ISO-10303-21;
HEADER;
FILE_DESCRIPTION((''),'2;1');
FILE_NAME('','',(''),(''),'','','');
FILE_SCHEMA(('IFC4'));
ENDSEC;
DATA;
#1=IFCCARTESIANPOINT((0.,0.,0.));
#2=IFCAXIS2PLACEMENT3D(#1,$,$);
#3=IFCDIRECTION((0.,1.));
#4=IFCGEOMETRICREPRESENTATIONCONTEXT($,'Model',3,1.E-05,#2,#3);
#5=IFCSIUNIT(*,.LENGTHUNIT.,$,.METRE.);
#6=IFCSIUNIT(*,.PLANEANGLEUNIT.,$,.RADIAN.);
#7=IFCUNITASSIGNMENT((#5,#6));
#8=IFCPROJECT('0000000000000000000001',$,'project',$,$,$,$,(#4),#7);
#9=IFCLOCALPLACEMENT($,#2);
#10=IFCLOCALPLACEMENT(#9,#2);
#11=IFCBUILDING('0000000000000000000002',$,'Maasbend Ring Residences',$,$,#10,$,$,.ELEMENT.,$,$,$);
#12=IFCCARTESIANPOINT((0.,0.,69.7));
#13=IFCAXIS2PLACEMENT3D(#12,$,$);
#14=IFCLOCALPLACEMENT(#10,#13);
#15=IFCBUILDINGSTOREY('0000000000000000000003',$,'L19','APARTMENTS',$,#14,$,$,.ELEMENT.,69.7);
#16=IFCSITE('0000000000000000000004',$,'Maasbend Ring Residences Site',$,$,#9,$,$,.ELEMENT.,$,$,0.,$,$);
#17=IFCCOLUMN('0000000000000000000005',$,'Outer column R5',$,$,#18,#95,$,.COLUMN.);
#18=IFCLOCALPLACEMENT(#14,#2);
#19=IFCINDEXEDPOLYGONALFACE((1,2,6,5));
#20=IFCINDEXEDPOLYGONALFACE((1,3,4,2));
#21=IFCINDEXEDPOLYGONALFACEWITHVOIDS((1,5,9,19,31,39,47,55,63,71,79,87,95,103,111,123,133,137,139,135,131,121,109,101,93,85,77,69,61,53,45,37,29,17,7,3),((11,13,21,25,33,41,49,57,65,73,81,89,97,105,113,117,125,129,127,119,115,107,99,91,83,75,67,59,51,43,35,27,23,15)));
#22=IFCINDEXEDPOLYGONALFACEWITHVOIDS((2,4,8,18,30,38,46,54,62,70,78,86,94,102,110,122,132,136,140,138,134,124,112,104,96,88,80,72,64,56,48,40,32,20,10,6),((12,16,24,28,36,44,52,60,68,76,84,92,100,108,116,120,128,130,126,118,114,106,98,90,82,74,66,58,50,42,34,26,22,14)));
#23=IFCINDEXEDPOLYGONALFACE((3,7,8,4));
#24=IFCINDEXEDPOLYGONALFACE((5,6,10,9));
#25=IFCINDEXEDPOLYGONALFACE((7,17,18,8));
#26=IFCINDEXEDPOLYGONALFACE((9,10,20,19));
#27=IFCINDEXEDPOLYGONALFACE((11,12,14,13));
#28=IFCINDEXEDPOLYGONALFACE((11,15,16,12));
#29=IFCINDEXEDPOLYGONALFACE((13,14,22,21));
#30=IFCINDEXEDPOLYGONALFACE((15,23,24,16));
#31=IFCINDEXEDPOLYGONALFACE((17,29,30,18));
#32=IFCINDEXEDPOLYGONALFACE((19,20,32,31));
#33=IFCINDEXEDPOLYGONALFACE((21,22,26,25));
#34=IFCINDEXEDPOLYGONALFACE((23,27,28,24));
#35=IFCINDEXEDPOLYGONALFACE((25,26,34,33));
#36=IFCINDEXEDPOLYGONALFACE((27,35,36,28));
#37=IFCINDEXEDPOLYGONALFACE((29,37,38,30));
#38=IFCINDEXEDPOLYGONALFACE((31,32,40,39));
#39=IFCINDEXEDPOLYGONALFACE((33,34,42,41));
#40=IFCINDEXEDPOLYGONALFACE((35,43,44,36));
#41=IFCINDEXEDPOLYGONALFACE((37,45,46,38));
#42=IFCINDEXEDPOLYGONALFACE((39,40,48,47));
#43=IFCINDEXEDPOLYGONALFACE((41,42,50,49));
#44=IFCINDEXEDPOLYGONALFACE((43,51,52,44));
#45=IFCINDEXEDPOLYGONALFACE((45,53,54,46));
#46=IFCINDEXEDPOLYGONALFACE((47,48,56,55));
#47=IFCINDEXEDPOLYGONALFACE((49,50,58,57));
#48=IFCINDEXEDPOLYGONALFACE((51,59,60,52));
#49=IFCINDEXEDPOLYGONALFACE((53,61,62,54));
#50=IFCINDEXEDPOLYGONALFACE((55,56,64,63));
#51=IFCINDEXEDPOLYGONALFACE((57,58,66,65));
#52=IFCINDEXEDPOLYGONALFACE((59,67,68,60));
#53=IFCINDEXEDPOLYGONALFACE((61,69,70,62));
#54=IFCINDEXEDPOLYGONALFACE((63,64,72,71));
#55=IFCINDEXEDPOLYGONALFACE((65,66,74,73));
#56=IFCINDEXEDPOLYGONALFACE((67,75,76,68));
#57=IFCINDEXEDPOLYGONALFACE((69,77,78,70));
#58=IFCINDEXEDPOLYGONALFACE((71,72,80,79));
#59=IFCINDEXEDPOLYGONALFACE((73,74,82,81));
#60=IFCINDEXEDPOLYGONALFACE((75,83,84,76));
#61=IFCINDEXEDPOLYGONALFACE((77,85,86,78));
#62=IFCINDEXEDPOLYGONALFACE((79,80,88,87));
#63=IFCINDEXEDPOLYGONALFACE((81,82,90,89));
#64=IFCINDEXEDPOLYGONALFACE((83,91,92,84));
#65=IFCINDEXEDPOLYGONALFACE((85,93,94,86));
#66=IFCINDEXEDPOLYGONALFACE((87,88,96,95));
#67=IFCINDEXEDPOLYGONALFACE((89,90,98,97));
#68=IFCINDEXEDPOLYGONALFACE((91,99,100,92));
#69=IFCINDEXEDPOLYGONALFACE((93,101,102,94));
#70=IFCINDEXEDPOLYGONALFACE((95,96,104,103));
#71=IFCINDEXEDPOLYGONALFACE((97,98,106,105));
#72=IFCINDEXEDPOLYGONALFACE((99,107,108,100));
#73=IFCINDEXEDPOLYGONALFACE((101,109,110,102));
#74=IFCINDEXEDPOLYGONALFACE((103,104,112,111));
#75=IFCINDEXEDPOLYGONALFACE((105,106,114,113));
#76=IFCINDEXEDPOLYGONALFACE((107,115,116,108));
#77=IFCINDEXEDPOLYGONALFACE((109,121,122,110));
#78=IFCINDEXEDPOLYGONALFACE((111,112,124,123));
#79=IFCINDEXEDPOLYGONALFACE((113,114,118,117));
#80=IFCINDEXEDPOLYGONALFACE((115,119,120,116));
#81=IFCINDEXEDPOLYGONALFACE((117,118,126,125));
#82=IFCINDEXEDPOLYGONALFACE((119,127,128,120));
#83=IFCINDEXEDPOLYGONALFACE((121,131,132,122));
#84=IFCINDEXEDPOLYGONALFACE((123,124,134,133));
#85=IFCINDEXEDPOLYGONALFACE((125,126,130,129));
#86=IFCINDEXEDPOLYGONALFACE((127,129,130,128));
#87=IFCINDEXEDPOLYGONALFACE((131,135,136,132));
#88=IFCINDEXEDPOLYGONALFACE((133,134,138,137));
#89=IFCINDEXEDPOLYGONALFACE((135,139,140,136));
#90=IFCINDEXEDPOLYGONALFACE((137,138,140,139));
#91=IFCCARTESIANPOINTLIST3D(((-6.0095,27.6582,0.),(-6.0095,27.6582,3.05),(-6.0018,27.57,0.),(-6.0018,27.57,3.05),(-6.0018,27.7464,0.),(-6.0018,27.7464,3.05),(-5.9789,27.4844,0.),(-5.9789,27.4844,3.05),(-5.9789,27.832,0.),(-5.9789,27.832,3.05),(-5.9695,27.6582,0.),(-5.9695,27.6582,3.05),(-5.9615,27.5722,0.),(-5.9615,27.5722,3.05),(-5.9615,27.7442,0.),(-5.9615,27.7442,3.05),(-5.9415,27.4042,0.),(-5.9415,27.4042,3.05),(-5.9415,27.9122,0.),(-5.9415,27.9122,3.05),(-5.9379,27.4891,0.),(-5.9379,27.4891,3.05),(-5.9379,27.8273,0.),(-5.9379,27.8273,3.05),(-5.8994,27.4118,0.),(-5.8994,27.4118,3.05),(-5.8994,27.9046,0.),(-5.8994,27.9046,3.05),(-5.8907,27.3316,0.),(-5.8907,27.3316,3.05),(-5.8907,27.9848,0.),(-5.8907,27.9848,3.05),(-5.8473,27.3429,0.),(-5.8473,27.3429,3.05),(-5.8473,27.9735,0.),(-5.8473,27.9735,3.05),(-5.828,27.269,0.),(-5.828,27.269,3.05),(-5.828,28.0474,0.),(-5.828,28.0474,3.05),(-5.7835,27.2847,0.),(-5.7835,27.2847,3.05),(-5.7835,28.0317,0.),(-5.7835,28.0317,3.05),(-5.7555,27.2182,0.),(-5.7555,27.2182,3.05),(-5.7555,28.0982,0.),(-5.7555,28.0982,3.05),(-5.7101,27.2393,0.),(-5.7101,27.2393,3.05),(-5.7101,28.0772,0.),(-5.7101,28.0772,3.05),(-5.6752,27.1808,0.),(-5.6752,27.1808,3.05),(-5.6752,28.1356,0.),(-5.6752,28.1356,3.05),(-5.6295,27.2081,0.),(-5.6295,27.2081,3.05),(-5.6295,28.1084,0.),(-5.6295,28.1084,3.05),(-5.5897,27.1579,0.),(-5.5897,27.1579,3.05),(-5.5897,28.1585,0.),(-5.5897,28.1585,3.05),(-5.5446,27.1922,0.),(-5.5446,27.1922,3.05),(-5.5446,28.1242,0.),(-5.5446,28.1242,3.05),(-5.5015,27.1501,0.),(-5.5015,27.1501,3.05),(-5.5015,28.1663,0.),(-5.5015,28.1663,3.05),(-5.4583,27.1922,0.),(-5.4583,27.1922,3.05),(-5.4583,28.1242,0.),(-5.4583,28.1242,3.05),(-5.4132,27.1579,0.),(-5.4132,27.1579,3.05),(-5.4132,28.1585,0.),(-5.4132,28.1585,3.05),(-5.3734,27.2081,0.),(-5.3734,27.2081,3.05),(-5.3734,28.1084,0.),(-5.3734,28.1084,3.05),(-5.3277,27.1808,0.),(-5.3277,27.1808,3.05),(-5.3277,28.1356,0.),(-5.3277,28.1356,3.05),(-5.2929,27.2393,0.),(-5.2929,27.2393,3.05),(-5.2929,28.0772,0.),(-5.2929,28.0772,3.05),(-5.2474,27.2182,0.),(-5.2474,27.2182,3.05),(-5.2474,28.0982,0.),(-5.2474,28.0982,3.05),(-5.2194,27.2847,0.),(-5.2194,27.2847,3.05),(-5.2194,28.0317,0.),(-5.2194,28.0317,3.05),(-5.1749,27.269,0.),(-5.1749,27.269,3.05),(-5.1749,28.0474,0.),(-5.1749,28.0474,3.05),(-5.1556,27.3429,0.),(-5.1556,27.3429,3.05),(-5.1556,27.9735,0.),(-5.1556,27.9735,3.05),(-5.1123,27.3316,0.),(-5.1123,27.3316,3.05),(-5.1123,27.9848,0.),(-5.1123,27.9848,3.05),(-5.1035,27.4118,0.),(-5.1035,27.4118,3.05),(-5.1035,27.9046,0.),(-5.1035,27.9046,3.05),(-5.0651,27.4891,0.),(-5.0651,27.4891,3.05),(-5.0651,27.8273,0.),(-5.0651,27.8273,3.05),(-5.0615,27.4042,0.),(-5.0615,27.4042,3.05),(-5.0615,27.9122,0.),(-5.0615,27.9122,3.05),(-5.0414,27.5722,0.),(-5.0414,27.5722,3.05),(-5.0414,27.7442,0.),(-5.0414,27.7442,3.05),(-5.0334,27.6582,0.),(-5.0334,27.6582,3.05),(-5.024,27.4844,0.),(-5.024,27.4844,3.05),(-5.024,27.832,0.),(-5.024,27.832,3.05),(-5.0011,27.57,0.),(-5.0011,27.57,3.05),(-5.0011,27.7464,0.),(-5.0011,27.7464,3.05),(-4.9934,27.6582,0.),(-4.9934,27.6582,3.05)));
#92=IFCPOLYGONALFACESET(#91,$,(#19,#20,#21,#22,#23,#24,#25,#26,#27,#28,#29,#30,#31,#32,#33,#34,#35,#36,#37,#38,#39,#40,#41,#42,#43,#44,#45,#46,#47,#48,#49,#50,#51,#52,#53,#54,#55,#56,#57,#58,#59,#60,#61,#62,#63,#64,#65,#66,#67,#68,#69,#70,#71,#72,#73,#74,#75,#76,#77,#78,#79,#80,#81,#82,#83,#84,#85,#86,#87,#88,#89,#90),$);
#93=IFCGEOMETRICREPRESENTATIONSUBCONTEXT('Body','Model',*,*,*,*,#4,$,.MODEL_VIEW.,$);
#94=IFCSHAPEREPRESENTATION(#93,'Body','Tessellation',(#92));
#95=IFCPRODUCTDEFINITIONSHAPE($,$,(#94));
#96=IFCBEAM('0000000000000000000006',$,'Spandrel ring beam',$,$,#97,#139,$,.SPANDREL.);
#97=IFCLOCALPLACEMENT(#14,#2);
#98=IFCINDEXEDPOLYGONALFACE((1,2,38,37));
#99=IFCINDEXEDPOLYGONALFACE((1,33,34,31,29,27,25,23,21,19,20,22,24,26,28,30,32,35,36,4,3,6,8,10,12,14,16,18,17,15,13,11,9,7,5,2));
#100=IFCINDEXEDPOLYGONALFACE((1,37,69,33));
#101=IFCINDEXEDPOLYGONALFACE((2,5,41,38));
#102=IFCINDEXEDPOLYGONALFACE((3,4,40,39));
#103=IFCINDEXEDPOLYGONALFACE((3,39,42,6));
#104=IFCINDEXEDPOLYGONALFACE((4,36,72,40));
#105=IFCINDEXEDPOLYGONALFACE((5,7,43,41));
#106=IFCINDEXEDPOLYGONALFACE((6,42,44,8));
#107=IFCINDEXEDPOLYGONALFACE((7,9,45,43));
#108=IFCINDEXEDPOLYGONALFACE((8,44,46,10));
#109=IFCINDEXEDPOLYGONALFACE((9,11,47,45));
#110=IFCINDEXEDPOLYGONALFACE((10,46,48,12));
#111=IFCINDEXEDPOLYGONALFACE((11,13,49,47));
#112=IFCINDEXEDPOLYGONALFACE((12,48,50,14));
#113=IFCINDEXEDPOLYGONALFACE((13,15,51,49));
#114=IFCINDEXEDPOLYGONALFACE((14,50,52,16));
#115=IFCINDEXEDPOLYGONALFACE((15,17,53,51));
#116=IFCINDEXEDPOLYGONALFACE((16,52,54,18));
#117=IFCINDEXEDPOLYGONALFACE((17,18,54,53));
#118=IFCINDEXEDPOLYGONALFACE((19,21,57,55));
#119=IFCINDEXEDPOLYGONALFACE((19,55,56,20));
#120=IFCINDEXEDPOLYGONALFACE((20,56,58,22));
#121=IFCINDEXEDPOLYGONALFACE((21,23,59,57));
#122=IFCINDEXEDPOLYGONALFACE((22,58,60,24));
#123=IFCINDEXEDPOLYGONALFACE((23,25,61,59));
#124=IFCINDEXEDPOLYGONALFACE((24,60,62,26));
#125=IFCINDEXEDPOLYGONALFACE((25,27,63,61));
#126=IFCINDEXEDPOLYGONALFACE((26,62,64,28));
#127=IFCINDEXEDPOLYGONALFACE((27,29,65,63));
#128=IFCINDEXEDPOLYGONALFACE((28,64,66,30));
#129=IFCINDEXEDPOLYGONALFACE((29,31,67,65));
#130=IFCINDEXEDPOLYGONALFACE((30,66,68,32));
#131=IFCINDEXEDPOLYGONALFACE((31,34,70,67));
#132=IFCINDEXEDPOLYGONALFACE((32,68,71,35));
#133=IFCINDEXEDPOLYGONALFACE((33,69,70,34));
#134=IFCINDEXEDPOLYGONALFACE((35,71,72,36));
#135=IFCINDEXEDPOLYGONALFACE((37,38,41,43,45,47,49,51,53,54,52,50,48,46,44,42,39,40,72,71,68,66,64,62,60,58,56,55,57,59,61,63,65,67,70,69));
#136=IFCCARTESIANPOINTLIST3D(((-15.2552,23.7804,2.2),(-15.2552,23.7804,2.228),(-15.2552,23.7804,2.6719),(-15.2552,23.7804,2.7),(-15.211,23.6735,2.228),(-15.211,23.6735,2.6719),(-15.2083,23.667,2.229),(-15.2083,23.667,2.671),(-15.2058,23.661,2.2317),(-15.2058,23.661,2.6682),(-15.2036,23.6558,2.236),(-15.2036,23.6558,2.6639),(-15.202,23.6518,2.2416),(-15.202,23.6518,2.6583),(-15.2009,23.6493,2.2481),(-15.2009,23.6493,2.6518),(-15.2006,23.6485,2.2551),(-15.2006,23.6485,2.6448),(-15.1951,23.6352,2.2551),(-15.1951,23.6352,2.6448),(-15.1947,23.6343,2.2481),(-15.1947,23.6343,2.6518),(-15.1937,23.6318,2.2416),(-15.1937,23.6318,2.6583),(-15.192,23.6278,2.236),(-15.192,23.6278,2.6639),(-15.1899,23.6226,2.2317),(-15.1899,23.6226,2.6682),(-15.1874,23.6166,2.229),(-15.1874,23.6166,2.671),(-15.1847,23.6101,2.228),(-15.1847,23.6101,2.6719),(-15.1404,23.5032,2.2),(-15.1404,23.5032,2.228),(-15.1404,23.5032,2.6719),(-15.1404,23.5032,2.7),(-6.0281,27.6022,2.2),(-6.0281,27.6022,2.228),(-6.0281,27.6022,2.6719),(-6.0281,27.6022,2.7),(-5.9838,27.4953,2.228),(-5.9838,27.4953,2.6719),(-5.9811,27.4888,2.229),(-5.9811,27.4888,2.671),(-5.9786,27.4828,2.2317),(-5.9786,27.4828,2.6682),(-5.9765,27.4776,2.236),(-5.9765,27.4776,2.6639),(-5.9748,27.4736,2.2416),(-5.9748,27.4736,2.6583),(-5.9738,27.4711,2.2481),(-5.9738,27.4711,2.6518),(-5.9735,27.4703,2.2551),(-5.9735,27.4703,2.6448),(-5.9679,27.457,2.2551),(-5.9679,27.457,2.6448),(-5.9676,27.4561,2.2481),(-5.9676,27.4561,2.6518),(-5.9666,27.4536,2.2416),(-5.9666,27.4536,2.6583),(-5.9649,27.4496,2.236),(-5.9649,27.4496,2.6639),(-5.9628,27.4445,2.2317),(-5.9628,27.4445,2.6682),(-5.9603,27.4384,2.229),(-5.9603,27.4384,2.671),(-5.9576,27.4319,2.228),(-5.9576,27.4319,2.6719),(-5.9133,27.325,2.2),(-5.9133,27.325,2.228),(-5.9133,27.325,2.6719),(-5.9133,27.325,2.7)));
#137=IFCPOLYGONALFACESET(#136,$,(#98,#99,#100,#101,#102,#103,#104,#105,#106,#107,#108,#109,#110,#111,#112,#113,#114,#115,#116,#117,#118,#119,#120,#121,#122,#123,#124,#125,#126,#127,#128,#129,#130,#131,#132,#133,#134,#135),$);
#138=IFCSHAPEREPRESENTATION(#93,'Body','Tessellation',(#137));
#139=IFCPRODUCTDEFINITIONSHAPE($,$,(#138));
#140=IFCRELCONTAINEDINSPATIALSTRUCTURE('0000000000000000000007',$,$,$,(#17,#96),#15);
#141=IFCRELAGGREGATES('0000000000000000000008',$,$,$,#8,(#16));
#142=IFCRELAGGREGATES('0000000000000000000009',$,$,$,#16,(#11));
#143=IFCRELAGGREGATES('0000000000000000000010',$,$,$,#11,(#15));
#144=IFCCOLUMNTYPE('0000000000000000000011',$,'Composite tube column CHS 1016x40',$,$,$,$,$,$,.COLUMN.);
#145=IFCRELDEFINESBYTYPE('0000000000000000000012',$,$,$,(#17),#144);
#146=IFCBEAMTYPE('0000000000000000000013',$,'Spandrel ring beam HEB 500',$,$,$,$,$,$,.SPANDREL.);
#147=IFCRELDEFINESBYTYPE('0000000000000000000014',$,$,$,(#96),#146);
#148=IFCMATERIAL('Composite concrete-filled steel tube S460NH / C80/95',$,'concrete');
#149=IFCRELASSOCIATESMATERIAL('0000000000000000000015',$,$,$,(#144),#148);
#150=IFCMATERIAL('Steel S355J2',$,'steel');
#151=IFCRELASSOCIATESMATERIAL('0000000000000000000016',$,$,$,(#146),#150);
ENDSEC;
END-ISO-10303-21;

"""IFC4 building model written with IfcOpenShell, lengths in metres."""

from ifc_helpers import new_model, si_unit, direction, frame, origin, origin_2d, place, context, subcontext, project, spatial, hollow_circle, i_section, extrude, material, material_profile, profile_set, type_object, element, save


model = new_model("IFC4")

# Units and contexts
model_context = context("Model", 3, precision=1e-05, world=origin(), true_north=direction((0.0, 1.0)))
body_context = subcontext(model_context, "Body", "Model", "MODEL_VIEW")
ifc_project = project(units=[si_unit("LENGTHUNIT", "METRE"), si_unit("PLANEANGLEUNIT", "RADIAN")], contexts=[model_context])

# Site, building, storey
site_placement = place(None, origin())
site = spatial("IfcSite", under=ifc_project, at=site_placement, Name="Maasbend Ring Residences Site", CompositionType="ELEMENT", RefElevation=0.0)
building_placement = place(site_placement, origin())
building = spatial("IfcBuilding", under=site, at=building_placement, Name="Maasbend Ring Residences", CompositionType="ELEMENT")
storey_placement = place(building_placement, frame((0.0, 0.0, 69.7)))
storey = spatial("IfcBuildingStorey", under=building, at=storey_placement, Name="L19", Description="APARTMENTS", CompositionType="ELEMENT", Elevation=69.7)

# Column
ifc_material_1 = material(Name="Composite concrete-filled steel tube S460NH / C80/95", Category="concrete")
ifc_material_profile_1 = material_profile(ifc_material_1, hollow_circle(Radius=0.5081, WallThickness=0.04, at=origin_2d()), Name="Composite tube column CHS 1016x40")
ifc_profile_set_1 = profile_set([ifc_material_profile_1], Name="Composite concrete-filled steel tube S460NH / C80/95")
column_type = type_object("IfcColumnType", Name="Composite tube column CHS 1016x40", PredefinedType="COLUMN", material=ifc_profile_set_1)
column_placement = place(storey_placement, frame((-5.5015, 27.6582, 0.0), z_axis=(0.0, 0.0, 1.0), x_axis=(1.0, 0.0, 0.0)))
element("IfcColumn", 1, at=column_placement, inside=storey, type_object=column_type, Name="Outer column R5", PredefinedType="COLUMN", context=body_context, shape_type="SweptSolid", body=[
    extrude(hollow_circle(Radius=0.5081, WallThickness=0.04, at=origin_2d()), origin(), (0.0, 0.0, 1.0), 3.05),
])

# Beam
ifc_material_2 = material(Name="Steel S355J2", Category="steel")
ifc_material_profile_2 = material_profile(ifc_material_2, i_section(OverallWidth=0.3, OverallDepth=0.5, WebThickness=0.0144, FlangeThickness=0.0281, FilletRadius=0.0271, at=origin_2d()), Name="HEB 500")
ifc_profile_set_2 = profile_set([ifc_material_profile_2], Name="Steel S355J2")
beam_type = type_object("IfcBeamType", Name="Spandrel ring beam HEB 500", PredefinedType="SPANDREL", material=ifc_profile_set_2)
beam_placement = place(storey_placement, frame((-5.9707, 27.4636, 2.45), z_axis=(-0.923886, -0.382667, 0.0), x_axis=(0.382667, -0.923886, 0.0)))
element("IfcBeam", 2, at=beam_placement, inside=storey, type_object=beam_type, Name="Spandrel ring beam", PredefinedType="SPANDREL", context=body_context, shape_type="SweptSolid", body=[
    extrude(i_section(OverallWidth=0.3, OverallDepth=0.5, WebThickness=0.0144, FlangeThickness=0.0281, FilletRadius=0.0271, at=origin_2d()), origin(), (0.0, 0.0, 1.0), 9.9873),
])

save(model, "model.ifc")
